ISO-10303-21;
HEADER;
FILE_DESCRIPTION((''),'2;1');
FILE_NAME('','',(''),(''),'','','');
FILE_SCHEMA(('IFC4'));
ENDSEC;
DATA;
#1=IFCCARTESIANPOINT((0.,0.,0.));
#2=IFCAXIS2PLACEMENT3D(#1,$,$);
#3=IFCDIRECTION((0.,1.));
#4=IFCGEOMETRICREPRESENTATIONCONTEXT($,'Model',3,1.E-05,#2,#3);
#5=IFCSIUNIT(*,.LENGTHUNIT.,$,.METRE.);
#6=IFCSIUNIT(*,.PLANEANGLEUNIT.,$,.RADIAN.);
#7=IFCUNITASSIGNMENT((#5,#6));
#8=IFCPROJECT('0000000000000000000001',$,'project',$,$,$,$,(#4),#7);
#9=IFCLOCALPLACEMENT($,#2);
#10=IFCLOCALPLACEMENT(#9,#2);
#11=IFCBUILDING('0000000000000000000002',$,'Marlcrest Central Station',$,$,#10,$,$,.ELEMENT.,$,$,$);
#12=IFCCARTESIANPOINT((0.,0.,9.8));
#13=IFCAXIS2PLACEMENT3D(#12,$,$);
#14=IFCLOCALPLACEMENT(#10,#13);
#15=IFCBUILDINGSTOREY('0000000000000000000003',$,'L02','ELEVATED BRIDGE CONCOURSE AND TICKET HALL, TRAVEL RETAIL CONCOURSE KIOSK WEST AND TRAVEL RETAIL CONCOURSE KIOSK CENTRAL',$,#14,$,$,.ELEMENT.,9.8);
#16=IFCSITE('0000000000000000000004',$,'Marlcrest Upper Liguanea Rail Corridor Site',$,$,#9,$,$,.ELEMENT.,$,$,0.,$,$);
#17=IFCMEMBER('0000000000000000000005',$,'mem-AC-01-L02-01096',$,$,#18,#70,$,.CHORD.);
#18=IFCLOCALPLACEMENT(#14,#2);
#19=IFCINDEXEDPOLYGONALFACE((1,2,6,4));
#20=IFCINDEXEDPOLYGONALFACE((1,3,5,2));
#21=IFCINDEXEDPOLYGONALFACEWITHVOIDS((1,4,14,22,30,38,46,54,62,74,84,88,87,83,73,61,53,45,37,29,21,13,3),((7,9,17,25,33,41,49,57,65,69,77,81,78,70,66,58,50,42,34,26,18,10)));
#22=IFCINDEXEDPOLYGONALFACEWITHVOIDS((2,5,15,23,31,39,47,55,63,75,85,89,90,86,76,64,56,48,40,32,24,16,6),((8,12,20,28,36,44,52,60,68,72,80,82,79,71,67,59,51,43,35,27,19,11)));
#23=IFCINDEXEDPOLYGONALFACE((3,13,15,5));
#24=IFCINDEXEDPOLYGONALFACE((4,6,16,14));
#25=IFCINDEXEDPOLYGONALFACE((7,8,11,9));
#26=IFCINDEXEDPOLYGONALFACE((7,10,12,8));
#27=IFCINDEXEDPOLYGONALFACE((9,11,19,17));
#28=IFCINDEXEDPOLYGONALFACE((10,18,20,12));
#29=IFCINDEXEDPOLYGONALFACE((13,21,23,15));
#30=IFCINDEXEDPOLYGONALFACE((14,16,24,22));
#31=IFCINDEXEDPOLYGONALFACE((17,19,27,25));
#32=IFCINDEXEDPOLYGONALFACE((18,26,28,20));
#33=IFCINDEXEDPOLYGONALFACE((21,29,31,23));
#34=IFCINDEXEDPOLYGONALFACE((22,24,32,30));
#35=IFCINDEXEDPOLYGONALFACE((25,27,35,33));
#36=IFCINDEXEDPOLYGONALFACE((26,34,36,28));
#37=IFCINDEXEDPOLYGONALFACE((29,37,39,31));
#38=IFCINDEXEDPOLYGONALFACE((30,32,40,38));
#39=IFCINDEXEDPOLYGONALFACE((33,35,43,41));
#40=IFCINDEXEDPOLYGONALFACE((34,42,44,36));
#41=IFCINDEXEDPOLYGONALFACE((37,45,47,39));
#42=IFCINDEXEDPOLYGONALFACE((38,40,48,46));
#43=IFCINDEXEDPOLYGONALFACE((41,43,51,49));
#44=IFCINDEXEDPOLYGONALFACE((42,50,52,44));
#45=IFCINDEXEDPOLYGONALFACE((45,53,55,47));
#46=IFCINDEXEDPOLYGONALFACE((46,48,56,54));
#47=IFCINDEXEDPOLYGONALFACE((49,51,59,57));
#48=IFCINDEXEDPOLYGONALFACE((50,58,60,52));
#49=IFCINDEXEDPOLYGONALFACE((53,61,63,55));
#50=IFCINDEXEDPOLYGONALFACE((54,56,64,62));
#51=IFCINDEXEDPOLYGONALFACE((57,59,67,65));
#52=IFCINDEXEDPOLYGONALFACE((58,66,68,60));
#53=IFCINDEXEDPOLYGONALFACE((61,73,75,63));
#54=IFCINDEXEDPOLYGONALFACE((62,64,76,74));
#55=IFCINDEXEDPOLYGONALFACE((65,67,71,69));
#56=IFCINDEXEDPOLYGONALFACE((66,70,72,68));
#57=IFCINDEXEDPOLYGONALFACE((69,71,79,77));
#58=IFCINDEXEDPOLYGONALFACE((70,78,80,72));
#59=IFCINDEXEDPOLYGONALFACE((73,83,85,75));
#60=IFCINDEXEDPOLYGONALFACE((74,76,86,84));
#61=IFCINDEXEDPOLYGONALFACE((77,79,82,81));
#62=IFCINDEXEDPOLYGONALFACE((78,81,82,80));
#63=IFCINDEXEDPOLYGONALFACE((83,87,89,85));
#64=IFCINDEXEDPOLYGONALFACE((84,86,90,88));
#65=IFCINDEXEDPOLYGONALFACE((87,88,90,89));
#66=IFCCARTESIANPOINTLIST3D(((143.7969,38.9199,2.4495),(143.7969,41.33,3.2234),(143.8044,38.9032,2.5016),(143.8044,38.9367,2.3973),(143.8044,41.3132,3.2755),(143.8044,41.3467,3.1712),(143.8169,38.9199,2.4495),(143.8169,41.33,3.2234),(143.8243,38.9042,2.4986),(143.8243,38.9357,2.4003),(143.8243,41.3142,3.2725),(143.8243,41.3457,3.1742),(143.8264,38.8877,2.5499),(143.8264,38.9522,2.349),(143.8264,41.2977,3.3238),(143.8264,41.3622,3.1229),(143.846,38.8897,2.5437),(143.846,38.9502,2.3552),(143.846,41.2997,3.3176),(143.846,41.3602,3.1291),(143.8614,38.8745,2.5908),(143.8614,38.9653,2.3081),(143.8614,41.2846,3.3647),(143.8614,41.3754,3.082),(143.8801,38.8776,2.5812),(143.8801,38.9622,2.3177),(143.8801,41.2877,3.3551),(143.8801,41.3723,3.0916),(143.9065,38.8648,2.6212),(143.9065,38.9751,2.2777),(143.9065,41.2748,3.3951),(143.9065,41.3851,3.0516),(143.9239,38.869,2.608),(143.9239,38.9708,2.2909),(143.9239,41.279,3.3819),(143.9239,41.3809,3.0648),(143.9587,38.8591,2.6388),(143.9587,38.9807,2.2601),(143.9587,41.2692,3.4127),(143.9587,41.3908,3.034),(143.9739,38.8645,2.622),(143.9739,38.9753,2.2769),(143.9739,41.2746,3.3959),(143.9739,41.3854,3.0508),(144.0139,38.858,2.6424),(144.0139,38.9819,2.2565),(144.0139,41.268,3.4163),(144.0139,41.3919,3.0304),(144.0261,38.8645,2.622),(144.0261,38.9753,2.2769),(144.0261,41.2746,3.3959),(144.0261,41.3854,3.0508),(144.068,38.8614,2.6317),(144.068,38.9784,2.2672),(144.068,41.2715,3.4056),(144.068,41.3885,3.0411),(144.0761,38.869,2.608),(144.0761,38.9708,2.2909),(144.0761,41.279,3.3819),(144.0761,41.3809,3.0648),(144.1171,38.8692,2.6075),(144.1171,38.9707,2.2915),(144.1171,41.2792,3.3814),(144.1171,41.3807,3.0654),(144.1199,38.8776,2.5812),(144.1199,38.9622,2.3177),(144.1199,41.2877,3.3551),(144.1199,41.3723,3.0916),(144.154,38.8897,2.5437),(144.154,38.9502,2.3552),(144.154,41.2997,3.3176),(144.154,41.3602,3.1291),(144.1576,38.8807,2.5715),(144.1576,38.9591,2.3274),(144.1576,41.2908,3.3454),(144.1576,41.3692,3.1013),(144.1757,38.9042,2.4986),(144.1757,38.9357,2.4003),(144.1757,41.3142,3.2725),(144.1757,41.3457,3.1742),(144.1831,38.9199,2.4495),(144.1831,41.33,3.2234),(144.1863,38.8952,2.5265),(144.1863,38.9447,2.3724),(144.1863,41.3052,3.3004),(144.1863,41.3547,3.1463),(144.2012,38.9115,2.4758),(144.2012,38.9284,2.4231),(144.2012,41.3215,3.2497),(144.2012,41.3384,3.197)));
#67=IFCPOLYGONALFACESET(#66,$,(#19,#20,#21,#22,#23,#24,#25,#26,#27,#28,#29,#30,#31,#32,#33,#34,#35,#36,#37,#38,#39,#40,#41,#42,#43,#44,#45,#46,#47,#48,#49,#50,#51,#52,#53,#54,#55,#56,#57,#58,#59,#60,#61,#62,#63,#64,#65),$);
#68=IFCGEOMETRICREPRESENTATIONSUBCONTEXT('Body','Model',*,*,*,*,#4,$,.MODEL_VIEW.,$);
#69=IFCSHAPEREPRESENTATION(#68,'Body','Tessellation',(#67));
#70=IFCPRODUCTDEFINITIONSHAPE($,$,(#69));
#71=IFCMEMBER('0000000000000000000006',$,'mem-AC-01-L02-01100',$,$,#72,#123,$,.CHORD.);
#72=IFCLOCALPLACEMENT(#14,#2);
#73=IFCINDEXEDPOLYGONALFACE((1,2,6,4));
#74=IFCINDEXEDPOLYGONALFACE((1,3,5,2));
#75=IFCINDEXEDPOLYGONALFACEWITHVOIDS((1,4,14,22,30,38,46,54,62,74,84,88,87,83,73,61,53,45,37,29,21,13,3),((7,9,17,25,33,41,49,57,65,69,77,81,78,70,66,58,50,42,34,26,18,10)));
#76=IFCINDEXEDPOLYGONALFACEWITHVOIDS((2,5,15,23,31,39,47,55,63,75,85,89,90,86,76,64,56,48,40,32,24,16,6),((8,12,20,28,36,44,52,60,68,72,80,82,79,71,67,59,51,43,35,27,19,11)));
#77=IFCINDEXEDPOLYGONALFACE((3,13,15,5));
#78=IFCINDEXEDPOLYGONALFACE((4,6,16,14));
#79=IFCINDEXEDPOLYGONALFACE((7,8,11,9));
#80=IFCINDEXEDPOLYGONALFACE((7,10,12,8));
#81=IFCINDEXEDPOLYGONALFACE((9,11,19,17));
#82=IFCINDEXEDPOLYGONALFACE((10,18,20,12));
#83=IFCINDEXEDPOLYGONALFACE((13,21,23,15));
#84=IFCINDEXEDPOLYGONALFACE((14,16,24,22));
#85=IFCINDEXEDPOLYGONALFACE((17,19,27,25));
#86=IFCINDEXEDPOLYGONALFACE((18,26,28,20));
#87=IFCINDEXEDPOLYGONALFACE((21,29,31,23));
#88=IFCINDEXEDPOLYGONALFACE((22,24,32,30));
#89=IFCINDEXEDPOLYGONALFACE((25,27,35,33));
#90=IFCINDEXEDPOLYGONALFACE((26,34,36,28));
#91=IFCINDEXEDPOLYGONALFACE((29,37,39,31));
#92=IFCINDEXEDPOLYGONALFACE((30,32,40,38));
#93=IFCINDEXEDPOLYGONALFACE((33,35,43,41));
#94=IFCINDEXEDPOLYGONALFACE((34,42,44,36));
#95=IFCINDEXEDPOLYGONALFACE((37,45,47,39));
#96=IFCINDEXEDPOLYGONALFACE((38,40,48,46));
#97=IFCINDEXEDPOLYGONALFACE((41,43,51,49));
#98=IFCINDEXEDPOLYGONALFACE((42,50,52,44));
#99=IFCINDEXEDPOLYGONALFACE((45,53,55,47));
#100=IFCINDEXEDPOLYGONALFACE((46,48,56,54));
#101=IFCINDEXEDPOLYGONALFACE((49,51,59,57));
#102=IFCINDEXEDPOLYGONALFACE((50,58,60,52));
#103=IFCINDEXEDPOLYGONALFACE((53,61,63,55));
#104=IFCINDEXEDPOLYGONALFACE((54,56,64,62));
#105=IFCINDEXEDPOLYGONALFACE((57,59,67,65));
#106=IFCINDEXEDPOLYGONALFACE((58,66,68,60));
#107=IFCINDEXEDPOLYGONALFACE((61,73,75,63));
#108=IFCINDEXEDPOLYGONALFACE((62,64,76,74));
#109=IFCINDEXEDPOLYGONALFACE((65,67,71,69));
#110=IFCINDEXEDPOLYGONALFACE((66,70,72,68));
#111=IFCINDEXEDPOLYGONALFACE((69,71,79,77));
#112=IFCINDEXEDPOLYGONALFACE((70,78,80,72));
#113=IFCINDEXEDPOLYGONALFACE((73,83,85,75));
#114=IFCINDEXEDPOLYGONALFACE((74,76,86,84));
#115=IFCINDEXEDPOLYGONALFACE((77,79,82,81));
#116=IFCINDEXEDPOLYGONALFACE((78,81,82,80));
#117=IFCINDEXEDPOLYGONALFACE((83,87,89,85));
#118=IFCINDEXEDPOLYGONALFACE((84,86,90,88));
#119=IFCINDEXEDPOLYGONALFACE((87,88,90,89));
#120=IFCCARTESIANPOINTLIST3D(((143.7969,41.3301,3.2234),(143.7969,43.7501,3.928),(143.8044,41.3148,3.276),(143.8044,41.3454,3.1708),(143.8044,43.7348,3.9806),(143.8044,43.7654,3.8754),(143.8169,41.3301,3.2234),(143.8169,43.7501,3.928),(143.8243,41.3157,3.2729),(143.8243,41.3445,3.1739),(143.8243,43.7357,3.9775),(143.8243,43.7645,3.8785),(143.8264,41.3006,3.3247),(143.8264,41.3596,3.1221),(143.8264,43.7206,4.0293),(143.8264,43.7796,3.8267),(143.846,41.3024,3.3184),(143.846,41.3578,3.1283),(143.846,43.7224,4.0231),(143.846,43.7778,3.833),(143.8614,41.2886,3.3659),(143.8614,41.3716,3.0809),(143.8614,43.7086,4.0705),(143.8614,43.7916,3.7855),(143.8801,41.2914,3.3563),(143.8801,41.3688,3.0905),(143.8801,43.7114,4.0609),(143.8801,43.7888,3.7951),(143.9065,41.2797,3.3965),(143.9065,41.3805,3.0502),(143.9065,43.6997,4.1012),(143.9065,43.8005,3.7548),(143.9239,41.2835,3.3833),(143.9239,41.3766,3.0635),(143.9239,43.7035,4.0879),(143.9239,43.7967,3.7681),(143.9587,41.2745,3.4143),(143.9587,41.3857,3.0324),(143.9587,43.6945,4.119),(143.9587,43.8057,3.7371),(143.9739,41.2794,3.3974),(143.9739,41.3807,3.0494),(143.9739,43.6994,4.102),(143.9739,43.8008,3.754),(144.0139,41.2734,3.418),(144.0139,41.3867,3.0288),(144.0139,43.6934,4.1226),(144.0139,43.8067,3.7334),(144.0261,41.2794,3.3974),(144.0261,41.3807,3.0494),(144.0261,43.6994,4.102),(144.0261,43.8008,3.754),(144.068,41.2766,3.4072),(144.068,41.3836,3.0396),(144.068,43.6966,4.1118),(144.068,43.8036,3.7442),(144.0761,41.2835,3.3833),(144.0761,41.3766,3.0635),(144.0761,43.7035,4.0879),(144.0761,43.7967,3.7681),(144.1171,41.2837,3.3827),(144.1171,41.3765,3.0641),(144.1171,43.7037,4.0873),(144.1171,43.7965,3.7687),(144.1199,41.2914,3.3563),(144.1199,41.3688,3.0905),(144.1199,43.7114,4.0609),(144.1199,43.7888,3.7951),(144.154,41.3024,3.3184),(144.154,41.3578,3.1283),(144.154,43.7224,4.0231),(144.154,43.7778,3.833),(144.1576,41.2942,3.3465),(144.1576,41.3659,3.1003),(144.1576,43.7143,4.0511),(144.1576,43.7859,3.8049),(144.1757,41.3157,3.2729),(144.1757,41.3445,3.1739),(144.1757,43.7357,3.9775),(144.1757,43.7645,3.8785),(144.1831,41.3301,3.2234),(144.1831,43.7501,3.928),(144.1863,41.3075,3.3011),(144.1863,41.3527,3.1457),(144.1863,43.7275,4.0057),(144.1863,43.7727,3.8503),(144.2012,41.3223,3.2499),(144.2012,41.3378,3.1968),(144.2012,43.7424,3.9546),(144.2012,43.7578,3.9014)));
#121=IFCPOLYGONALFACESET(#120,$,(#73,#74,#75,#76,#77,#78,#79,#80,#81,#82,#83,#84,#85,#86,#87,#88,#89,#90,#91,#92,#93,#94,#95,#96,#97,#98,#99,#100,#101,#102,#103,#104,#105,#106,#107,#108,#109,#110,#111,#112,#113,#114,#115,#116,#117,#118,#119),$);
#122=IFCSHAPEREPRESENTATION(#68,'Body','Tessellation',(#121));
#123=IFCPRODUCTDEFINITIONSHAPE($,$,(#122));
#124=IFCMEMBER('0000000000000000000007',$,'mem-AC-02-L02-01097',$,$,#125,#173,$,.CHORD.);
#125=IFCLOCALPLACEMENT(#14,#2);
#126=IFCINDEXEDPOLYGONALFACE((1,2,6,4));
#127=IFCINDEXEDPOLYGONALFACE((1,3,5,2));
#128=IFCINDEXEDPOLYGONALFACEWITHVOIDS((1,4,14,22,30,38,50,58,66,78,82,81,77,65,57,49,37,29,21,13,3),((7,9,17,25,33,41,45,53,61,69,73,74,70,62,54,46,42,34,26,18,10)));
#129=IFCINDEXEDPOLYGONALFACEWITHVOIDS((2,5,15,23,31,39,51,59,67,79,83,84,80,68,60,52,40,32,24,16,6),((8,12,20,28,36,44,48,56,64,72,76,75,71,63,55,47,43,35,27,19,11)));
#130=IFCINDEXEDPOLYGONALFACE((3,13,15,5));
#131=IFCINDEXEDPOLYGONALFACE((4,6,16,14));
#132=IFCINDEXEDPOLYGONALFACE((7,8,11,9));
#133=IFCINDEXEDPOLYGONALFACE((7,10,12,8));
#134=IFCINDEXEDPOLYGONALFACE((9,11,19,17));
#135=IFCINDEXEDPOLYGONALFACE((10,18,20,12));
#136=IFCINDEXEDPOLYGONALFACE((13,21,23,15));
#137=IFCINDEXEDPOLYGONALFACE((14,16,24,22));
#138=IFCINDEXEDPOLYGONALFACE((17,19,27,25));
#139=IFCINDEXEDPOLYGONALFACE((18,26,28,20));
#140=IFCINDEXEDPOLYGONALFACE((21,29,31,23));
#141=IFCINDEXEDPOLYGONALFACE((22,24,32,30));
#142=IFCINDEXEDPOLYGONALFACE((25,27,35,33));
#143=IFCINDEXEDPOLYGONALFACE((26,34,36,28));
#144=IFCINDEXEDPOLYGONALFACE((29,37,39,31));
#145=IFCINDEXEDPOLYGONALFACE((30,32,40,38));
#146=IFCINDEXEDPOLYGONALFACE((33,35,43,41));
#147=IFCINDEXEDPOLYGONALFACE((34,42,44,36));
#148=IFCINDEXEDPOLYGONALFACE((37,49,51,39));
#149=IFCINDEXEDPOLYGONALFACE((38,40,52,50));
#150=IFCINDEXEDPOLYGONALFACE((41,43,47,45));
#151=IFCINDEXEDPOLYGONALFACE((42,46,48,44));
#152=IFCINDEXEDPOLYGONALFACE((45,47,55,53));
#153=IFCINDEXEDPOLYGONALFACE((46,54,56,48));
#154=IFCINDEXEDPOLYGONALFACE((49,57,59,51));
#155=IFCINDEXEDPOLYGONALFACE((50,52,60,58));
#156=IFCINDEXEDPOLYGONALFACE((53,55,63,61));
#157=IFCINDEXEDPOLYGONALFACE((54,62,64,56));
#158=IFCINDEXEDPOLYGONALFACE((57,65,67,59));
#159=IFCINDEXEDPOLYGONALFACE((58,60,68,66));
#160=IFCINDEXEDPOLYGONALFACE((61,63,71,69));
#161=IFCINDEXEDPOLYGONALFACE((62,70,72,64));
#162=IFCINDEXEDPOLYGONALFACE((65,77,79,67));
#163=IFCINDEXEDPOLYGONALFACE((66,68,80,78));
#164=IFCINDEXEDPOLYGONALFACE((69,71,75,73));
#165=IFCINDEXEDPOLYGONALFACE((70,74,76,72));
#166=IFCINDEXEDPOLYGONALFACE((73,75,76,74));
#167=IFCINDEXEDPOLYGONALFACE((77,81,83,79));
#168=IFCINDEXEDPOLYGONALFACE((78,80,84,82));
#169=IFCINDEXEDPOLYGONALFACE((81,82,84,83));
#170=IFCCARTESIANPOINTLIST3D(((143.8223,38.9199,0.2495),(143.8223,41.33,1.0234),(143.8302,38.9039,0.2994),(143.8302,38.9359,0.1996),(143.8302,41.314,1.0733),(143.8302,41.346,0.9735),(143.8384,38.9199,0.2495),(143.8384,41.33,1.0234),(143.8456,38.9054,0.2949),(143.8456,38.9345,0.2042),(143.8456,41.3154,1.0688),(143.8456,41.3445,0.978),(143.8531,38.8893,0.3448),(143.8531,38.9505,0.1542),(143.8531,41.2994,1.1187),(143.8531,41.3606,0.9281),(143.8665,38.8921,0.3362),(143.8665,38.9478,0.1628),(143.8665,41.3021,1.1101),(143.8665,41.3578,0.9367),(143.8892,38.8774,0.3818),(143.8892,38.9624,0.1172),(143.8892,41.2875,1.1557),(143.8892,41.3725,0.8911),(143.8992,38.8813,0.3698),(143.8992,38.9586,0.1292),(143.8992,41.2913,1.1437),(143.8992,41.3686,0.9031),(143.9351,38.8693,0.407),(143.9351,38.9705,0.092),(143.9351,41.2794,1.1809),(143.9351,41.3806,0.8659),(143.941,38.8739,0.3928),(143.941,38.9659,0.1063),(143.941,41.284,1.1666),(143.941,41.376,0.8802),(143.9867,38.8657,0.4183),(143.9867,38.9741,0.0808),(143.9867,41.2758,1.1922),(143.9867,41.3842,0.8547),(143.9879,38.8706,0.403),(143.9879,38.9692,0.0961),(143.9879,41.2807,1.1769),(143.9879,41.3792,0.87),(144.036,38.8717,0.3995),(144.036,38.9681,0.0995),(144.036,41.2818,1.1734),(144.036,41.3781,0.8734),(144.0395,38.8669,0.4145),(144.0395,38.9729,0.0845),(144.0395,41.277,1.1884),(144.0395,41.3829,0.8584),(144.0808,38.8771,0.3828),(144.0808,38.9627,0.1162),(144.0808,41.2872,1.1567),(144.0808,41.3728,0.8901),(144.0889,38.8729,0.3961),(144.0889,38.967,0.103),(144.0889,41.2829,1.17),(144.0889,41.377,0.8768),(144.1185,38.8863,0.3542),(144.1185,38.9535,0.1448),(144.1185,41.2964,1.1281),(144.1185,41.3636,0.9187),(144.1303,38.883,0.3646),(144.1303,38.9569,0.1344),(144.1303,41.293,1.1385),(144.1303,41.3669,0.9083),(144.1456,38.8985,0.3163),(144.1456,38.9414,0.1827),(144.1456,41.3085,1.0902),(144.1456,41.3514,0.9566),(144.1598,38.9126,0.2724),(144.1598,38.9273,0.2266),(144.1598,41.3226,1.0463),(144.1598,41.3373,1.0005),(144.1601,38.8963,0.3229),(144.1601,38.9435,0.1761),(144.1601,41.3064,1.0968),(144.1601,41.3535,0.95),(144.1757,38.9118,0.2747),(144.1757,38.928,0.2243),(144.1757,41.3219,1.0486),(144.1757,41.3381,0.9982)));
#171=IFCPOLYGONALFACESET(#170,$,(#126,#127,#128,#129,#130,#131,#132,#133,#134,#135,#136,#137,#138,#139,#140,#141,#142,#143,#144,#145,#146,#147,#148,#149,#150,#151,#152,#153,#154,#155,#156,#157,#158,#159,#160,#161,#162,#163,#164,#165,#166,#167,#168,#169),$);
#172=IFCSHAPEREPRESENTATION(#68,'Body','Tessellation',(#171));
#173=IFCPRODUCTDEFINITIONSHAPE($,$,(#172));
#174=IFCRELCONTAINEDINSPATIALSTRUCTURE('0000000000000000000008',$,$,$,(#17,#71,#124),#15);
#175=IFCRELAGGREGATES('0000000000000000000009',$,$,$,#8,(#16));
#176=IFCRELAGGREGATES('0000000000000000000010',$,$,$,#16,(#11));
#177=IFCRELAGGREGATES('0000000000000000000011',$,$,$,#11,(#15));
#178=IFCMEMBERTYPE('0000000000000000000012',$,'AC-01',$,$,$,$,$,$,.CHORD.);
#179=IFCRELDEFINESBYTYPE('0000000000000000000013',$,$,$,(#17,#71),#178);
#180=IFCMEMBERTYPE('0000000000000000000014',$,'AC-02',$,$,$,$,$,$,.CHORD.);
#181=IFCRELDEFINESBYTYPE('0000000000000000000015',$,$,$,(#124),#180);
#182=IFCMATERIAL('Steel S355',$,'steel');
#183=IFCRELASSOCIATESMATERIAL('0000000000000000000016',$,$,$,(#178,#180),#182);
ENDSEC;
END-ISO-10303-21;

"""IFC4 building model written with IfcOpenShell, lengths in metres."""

from ifc_helpers import new_model, si_unit, direction, frame, origin, origin_2d, place, context, subcontext, project, spatial, hollow_circle, extrude, material, material_profile, profile_set, type_object, element, save


model = new_model("IFC4")

# Units and contexts
model_context = context("Model", 3, precision=1e-05, world=origin(), true_north=direction((0.0, 1.0)))
body_context = subcontext(model_context, "Body", "Model", "MODEL_VIEW")
ifc_project = project(units=[si_unit("LENGTHUNIT", "METRE"), si_unit("PLANEANGLEUNIT", "RADIAN")], contexts=[model_context])

# Site, building, storey
site_placement = place(None, origin())
site = spatial("IfcSite", under=ifc_project, at=site_placement, Name="Marlcrest Upper Liguanea Rail Corridor Site", CompositionType="ELEMENT", RefElevation=0.0)
building_placement = place(site_placement, origin())
building = spatial("IfcBuilding", under=site, at=building_placement, Name="Marlcrest Central Station", CompositionType="ELEMENT")
storey_placement = place(building_placement, frame((0.0, 0.0, 9.8)))
storey = spatial("IfcBuildingStorey", under=building, at=storey_placement, Name="L02", Description="ELEVATED BRIDGE CONCOURSE AND TICKET HALL, TRAVEL RETAIL CONCOURSE KIOSK WEST AND TRAVEL RETAIL CONCOURSE KIOSK CENTRAL", CompositionType="ELEMENT", Elevation=9.8)

# Members
ifc_material_1 = material(Name="Steel S355", Category="steel")
ifc_material_profile_1 = material_profile(ifc_material_1, hollow_circle(Radius=0.2031, WallThickness=0.02, at=origin_2d()), Name="CHS 406.4x20")
ifc_profile_set_1 = profile_set([ifc_material_profile_1], Name="Steel S355")
member_type_1 = type_object("IfcMemberType", Name="AC-01", PredefinedType="CHORD", material=ifc_profile_set_1)
member_1_placement = place(storey_placement, frame((144.0, 38.9199, 2.4495), z_axis=(0.0, 0.952117, 0.305734), x_axis=(-1.0, 0.0, 0.0)))
element("IfcMember", 1, at=member_1_placement, inside=storey, type_object=member_type_1, Name="mem-AC-01-L02-01096", PredefinedType="CHORD", context=body_context, shape_type="SweptSolid", body=[
    extrude(hollow_circle(Radius=0.2031, WallThickness=0.02, at=origin_2d()), origin(), (0.0, 0.0, 1.0), 2.5312),
])
member_2_placement = place(storey_placement, frame((144.0, 41.3301, 3.2234), z_axis=(0.0, 0.96013, 0.279554), x_axis=(-1.0, 0.0, 0.0)))
element("IfcMember", 2, at=member_2_placement, inside=storey, type_object=member_type_1, Name="mem-AC-01-L02-01100", PredefinedType="CHORD", context=body_context, shape_type="SweptSolid", body=[
    extrude(hollow_circle(Radius=0.2031, WallThickness=0.02, at=origin_2d()), origin(), (0.0, 0.0, 1.0), 2.5205),
])
ifc_material_profile_2 = material_profile(ifc_material_1, hollow_circle(Radius=0.1777, WallThickness=0.0161, at=origin_2d()), Name="CHS 355.6x16")
ifc_profile_set_2 = profile_set([ifc_material_profile_2], Name="Steel S355")
member_type_2 = type_object("IfcMemberType", Name="AC-02", PredefinedType="CHORD", material=ifc_profile_set_2)
member_3_placement = place(storey_placement, frame((144.0, 38.9199, 0.2495), z_axis=(0.0, 0.952117, 0.305734), x_axis=(-1.0, 0.0, 0.0)))
element("IfcMember", 3, at=member_3_placement, inside=storey, type_object=member_type_2, Name="mem-AC-02-L02-01097", PredefinedType="CHORD", context=body_context, shape_type="SweptSolid", body=[
    extrude(hollow_circle(Radius=0.1777, WallThickness=0.0161, at=origin_2d()), origin(), (0.0, 0.0, 1.0), 2.5312),
])

save(model, "model.ifc")
